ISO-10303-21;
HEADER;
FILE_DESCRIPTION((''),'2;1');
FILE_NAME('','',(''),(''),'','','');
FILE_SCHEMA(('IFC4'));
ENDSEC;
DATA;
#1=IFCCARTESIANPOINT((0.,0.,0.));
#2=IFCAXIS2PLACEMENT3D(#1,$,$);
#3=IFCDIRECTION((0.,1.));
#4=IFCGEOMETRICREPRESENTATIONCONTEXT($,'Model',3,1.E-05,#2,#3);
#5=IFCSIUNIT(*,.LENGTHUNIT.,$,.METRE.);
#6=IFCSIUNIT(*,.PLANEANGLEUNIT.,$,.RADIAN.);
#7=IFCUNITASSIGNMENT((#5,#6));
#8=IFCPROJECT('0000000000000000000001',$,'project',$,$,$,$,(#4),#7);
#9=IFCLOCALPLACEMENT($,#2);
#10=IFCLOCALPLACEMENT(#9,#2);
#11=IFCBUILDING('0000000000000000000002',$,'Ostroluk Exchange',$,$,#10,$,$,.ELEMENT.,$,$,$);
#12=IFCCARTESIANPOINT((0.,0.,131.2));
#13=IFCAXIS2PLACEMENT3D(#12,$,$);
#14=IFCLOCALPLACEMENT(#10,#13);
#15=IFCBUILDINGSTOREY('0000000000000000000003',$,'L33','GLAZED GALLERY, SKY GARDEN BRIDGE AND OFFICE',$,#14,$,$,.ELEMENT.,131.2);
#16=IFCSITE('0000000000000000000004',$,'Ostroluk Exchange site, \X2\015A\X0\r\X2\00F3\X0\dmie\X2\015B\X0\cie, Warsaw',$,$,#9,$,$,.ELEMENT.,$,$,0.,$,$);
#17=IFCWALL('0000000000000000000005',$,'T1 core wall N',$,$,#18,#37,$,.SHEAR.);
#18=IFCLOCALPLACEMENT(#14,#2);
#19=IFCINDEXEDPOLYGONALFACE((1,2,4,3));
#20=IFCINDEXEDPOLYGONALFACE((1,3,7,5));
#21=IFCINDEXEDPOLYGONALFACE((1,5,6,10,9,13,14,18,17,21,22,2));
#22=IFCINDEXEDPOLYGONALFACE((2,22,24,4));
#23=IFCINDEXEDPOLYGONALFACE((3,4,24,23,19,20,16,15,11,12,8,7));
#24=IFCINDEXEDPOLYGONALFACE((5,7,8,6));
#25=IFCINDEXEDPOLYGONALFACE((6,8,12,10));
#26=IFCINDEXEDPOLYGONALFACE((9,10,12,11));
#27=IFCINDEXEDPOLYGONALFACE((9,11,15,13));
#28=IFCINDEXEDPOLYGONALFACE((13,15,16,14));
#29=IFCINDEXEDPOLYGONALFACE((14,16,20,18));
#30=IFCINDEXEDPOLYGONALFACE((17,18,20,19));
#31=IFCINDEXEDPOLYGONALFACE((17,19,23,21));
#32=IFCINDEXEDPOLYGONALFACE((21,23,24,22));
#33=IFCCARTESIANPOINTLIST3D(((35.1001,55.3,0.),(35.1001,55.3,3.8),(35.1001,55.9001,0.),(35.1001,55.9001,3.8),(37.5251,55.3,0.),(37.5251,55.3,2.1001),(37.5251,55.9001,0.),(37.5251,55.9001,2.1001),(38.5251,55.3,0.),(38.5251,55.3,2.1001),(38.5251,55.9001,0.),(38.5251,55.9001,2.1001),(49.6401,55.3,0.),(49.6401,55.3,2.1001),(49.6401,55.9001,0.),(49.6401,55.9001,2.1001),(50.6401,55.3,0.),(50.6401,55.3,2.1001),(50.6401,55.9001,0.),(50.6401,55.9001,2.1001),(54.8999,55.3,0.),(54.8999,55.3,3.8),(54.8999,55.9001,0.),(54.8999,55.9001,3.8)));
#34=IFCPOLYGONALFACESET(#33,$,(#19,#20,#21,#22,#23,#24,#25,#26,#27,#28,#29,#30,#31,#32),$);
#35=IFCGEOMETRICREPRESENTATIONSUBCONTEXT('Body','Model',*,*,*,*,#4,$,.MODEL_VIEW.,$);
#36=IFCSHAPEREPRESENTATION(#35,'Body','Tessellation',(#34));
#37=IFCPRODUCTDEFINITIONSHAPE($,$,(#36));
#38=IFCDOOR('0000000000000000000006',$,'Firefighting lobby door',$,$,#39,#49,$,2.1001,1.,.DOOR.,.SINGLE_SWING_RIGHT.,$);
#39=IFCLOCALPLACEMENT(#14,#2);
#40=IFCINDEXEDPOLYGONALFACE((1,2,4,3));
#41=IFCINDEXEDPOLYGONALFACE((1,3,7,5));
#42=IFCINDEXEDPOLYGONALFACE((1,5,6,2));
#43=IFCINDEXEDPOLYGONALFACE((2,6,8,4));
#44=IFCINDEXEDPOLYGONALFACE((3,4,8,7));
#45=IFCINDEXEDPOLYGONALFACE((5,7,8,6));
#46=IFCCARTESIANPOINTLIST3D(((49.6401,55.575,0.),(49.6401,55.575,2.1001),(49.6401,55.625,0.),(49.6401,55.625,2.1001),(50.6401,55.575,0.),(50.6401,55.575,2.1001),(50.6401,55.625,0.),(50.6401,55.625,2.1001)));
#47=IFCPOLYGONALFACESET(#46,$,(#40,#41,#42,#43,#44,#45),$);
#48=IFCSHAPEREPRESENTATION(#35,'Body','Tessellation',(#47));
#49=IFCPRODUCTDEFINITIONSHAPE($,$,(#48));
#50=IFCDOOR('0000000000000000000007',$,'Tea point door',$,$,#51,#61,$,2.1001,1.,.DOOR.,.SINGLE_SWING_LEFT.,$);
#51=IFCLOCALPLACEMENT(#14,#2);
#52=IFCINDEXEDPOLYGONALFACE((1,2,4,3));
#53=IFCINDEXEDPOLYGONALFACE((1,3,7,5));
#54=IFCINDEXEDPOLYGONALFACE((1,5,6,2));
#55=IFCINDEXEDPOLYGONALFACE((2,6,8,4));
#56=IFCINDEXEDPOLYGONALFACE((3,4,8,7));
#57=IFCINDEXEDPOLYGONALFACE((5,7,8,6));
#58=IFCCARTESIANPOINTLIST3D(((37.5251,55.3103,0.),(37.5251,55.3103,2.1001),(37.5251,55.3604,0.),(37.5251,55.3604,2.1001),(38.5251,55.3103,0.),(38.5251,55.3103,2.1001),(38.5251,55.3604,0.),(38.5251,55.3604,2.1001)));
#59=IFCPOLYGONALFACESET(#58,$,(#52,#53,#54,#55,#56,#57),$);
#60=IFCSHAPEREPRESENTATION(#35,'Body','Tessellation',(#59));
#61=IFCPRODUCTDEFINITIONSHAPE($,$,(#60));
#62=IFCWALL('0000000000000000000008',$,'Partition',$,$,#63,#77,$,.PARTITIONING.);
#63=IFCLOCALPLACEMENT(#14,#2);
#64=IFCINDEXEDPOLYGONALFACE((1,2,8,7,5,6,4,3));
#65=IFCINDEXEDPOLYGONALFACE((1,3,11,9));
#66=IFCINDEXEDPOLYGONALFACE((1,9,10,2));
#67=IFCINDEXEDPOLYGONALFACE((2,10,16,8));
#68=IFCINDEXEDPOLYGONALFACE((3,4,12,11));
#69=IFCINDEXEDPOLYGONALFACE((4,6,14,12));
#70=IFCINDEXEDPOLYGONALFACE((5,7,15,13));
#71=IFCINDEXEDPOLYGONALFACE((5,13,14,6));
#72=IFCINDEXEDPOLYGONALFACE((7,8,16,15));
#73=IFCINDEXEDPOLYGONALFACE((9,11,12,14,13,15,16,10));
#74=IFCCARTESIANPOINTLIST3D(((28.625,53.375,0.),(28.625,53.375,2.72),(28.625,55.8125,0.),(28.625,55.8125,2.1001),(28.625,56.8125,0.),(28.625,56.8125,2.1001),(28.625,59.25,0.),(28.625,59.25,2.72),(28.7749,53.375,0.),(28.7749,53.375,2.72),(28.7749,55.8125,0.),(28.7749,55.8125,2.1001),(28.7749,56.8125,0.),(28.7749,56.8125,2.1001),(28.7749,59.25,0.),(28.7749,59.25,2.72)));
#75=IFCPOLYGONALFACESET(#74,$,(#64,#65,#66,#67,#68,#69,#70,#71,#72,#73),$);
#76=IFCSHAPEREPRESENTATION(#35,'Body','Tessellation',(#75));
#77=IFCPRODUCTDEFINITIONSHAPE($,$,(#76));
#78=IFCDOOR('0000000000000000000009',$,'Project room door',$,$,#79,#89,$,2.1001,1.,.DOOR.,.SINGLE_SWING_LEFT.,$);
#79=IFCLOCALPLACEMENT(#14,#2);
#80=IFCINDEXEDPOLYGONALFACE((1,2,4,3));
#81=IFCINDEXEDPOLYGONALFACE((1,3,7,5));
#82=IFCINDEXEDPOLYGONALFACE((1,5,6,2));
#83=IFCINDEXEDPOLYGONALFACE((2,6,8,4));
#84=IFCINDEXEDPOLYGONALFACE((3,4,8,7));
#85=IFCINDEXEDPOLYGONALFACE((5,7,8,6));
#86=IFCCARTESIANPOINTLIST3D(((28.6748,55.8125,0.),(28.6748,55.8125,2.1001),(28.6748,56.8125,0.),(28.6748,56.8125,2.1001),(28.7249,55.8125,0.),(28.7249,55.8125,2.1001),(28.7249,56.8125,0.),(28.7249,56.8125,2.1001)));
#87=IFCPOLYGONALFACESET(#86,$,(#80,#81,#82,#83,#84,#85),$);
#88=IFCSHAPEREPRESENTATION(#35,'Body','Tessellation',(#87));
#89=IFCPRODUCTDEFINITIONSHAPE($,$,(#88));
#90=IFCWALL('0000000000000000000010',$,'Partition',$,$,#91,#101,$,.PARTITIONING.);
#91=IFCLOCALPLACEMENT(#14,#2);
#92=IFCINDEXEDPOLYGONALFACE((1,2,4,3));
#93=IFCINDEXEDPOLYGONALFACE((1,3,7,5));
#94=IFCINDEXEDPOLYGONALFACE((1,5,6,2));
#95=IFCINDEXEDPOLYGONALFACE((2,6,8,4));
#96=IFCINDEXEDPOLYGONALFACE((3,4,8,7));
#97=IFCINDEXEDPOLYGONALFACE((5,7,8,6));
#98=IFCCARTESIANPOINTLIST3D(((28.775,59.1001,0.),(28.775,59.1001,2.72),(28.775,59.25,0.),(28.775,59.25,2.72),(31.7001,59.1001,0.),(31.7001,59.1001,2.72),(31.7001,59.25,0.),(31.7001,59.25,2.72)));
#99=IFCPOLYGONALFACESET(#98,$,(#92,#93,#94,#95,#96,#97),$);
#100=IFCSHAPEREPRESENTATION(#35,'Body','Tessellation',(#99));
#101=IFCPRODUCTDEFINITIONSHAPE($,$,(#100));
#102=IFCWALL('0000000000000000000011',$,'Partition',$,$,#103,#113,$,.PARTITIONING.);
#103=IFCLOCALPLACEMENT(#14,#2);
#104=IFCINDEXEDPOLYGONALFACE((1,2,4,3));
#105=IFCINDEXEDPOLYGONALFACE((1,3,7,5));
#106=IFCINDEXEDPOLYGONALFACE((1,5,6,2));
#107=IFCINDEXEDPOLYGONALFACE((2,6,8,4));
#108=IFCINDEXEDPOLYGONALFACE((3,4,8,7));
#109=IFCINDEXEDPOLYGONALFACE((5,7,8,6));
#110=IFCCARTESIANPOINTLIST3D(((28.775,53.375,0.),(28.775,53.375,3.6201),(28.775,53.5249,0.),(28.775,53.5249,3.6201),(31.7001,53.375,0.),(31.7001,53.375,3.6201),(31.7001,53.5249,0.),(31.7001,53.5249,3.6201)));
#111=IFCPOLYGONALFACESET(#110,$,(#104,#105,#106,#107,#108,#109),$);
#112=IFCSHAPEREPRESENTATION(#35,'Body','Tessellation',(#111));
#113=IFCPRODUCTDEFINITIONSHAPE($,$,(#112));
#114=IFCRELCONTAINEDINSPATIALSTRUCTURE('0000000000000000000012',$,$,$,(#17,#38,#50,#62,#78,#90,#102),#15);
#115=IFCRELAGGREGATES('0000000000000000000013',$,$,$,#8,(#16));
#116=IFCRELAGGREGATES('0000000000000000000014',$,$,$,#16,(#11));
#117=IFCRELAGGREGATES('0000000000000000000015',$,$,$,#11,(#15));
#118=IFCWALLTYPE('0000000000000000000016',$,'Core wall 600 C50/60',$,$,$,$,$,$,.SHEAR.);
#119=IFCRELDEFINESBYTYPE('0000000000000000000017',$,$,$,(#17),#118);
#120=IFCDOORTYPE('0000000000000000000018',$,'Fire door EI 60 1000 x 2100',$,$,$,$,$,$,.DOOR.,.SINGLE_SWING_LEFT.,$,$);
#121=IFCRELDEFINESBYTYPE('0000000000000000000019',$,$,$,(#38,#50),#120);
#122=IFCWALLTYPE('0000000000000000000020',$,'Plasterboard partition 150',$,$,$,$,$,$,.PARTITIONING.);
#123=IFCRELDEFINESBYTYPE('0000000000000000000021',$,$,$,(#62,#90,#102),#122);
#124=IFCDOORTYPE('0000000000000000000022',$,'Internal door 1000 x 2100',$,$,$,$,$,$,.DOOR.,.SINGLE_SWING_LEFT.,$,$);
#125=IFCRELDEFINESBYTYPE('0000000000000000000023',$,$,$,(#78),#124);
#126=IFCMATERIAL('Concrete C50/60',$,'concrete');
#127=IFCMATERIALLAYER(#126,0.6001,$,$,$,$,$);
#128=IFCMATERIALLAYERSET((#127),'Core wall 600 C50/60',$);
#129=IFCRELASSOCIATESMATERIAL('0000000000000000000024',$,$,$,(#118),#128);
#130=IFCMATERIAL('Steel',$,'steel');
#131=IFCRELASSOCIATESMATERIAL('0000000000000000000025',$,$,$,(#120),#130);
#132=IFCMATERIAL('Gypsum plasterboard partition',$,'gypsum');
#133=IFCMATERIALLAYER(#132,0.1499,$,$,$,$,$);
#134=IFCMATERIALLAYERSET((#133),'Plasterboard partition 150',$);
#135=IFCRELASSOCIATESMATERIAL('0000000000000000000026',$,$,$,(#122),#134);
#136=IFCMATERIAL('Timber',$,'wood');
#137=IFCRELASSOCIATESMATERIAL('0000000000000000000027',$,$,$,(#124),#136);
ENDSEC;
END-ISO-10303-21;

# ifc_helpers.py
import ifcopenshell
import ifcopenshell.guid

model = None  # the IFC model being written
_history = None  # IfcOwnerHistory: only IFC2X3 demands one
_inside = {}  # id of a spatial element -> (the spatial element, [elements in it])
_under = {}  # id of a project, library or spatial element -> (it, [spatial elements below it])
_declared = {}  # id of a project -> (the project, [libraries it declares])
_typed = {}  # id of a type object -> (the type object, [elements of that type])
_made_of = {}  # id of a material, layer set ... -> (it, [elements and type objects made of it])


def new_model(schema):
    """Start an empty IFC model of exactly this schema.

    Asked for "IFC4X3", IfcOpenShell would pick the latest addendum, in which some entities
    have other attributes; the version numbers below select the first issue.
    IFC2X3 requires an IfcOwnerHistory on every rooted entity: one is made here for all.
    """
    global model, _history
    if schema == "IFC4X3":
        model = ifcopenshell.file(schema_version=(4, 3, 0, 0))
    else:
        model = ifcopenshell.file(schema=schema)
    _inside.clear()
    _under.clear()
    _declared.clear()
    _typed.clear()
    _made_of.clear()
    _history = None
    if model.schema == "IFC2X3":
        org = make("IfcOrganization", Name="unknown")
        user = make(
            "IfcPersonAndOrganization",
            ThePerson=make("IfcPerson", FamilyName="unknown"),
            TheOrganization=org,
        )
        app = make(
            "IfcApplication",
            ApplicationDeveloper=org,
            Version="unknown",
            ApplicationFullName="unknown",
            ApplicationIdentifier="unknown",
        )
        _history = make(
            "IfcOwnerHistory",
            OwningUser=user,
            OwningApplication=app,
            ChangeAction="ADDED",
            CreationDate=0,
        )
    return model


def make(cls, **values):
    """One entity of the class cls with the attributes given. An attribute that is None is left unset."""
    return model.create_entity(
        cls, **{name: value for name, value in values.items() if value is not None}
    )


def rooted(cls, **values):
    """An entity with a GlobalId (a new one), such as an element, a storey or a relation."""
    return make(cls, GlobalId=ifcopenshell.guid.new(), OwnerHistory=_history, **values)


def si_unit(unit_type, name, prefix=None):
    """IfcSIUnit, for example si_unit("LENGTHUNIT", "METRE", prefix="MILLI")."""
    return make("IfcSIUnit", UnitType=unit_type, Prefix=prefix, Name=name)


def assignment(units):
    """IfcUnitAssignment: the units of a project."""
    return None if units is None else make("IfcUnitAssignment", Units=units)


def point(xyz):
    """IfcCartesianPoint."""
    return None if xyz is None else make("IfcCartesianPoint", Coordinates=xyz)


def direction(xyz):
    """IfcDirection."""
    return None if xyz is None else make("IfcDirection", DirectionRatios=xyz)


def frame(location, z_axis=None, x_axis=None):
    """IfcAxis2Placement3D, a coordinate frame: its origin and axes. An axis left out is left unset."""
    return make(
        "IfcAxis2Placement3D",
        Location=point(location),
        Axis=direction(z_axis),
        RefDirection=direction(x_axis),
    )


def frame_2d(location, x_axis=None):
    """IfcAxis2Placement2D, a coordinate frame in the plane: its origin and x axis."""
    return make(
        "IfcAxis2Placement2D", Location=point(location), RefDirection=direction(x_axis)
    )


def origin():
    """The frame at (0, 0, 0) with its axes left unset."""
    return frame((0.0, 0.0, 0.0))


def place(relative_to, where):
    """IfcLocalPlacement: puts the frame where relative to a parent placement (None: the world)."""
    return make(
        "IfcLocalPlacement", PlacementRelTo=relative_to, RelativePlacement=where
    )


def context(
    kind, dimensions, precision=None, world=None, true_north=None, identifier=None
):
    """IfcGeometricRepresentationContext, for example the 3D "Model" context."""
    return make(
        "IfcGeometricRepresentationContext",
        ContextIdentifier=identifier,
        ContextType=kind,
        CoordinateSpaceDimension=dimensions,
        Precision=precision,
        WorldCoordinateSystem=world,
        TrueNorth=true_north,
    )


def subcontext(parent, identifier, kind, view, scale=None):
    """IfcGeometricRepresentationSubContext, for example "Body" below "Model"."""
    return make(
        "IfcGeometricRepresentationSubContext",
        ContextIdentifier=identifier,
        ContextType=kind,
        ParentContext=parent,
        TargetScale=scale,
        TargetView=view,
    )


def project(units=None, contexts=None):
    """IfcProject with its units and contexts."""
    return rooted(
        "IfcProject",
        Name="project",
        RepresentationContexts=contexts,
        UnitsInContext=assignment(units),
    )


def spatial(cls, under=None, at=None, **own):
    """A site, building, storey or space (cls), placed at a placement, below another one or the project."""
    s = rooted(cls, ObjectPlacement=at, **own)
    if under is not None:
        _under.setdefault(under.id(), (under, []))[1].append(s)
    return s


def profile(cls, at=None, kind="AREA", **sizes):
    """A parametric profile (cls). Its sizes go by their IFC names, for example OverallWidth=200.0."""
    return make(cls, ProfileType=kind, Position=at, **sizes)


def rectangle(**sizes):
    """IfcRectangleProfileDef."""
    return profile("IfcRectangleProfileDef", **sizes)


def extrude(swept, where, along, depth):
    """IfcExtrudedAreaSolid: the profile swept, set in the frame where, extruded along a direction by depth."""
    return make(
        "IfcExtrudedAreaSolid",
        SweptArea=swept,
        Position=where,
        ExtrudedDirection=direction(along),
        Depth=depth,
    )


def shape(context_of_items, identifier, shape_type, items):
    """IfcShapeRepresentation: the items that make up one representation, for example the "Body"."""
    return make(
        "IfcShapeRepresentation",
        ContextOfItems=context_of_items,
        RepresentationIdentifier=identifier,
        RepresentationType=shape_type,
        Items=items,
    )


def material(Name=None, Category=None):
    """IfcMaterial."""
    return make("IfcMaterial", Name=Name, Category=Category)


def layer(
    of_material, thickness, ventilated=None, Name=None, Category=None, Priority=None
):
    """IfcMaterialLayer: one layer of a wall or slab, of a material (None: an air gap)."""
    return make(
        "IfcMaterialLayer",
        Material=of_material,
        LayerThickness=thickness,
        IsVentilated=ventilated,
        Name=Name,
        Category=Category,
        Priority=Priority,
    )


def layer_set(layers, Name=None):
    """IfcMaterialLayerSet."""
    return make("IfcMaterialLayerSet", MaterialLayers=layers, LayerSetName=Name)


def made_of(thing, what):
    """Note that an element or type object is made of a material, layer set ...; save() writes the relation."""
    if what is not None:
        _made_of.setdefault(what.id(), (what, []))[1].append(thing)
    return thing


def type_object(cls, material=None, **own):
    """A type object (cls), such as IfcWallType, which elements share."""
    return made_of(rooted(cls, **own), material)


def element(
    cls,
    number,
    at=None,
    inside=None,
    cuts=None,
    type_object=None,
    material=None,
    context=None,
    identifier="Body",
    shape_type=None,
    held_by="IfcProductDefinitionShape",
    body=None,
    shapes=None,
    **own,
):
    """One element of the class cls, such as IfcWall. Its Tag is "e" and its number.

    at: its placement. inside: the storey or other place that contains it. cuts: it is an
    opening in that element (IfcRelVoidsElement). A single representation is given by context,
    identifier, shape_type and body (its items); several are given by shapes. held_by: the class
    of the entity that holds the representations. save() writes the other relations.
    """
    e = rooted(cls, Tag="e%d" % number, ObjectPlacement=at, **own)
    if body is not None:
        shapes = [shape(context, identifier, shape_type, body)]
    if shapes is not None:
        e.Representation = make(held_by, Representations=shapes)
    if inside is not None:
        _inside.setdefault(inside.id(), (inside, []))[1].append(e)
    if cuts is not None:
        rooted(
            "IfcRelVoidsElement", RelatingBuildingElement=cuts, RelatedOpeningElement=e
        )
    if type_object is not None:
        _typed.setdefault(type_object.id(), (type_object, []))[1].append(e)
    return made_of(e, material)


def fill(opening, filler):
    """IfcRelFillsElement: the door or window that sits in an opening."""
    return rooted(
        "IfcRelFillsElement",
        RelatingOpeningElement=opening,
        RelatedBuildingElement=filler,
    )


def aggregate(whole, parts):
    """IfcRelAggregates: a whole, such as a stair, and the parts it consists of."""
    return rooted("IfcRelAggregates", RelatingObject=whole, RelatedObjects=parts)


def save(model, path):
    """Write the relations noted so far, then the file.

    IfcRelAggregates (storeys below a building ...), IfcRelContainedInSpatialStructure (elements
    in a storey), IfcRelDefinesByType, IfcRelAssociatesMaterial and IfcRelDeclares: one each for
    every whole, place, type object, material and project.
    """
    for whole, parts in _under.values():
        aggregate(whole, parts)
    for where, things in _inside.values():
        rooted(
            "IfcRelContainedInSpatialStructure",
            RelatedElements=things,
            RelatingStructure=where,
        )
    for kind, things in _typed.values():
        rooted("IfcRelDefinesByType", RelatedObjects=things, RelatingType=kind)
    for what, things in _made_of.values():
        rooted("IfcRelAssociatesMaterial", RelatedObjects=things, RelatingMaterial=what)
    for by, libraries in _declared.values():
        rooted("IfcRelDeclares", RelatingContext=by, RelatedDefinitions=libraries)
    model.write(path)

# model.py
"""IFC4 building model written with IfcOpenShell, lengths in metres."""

from ifc_helpers import new_model, si_unit, direction, frame, frame_2d, origin, place, context, subcontext, project, spatial, rectangle, extrude, material, layer, layer_set, type_object, element, fill, save


model = new_model("IFC4")

# Units and contexts
model_context = context("Model", 3, precision=1e-05, world=origin(), true_north=direction((0.0, 1.0)))
body_context = subcontext(model_context, "Body", "Model", "MODEL_VIEW")
ifc_project = project(units=[si_unit("LENGTHUNIT", "METRE"), si_unit("PLANEANGLEUNIT", "RADIAN")], contexts=[model_context])

# Site, building, storey
site_placement = place(None, origin())
site = spatial("IfcSite", under=ifc_project, at=site_placement, Name="Ostroluk Exchange site, Śródmieście, Warsaw", CompositionType="ELEMENT", RefElevation=0.0)
building_placement = place(site_placement, origin())
building = spatial("IfcBuilding", under=site, at=building_placement, Name="Ostroluk Exchange", CompositionType="ELEMENT")
storey_placement = place(building_placement, frame((0.0, 0.0, 131.2)))
storey = spatial("IfcBuildingStorey", under=building, at=storey_placement, Name="L33", Description="GLAZED GALLERY, SKY GARDEN BRIDGE AND OFFICE", CompositionType="ELEMENT", Elevation=131.2)

# Wall, openings, doors
ifc_material_1 = material(Name="Concrete C50/60", Category="concrete")
ifc_layer_1 = layer(ifc_material_1, 0.6001)
ifc_layer_set_1 = layer_set([ifc_layer_1], Name="Core wall 600 C50/60")
wall_type_1 = type_object("IfcWallType", Name="Core wall 600 C50/60", PredefinedType="SHEAR", material=ifc_layer_set_1)
wall_1_placement = place(storey_placement, frame((35.1001, 55.6001, 0.0), z_axis=(0.0, 0.0, 1.0), x_axis=(1.0, 0.0, 0.0)))
wall_1 = element("IfcWall", 1, at=wall_1_placement, inside=storey, type_object=wall_type_1, Name="T1 core wall N", PredefinedType="SHEAR", context=body_context, shape_type="SweptSolid", body=[
    extrude(rectangle(XDim=19.7998, YDim=0.6001, at=frame_2d((9.8999, 0.0))), origin(), (0.0, 0.0, 1.0), 3.8),
])
opening_1_placement = place(wall_1_placement, frame((14.54, 0.0, 0.0)))
opening_1 = element("IfcOpeningElement", 2, at=opening_1_placement, cuts=wall_1, PredefinedType="OPENING", context=body_context, shape_type="SweptSolid", body=[
    extrude(rectangle(XDim=1.0, YDim=2.1001, at=frame_2d((0.5, 1.05))), frame((0.0, 0.3101, 0.0), z_axis=(0.0, -1.0, 0.0), x_axis=(1.0, 0.0, 0.0)), (0.0, 0.0, 1.0), 0.6201),
])
opening_2_placement = place(wall_1_placement, frame((2.425, 0.0, 0.0)))
opening_2 = element("IfcOpeningElement", 3, at=opening_2_placement, cuts=wall_1, PredefinedType="OPENING", context=body_context, shape_type="SweptSolid", body=[
    extrude(rectangle(XDim=1.0, YDim=2.1001, at=frame_2d((0.5, 1.05))), frame((0.0, 0.3101, 0.0), z_axis=(0.0, -1.0, 0.0), x_axis=(1.0, 0.0, 0.0)), (0.0, 0.0, 1.0), 0.6201),
])
ifc_material_2 = material(Name="Steel", Category="steel")
door_type_1 = type_object("IfcDoorType", Name="Fire door EI 60 1000 x 2100", OperationType="SINGLE_SWING_LEFT", PredefinedType="DOOR", material=ifc_material_2)
door_1_placement = place(opening_1_placement, origin())
door_1 = element("IfcDoor", 4, at=door_1_placement, inside=storey, type_object=door_type_1, Name="Firefighting lobby door", OperationType="SINGLE_SWING_RIGHT", OverallHeight=2.1001, OverallWidth=1.0, PredefinedType="DOOR", context=body_context, shape_type="SweptSolid", body=[
    extrude(rectangle(XDim=1.0, YDim=2.1001, at=frame_2d((0.5, 1.05))), frame((0.0, 0.0249, 0.0), z_axis=(0.0, -1.0, 0.0), x_axis=(1.0, 0.0, 0.0)), (0.0, 0.0, 1.0), 0.05),
])
fill(opening_1, door_1)
door_2_placement = place(opening_2_placement, origin())
door_2 = element("IfcDoor", 5, at=door_2_placement, inside=storey, type_object=door_type_1, Name="Tea point door", OperationType="SINGLE_SWING_LEFT", OverallHeight=2.1001, OverallWidth=1.0, PredefinedType="DOOR", context=body_context, shape_type="SweptSolid", body=[
    extrude(rectangle(XDim=1.0, YDim=2.1001, at=frame_2d((0.5, 1.05))), frame((0.0, -0.2397, 0.0), z_axis=(0.0, -1.0, 0.0), x_axis=(1.0, 0.0, 0.0)), (0.0, 0.0, 1.0), 0.05),
])
fill(opening_2, door_2)

# Wall, opening, door
ifc_material_3 = material(Name="Gypsum plasterboard partition", Category="gypsum")
ifc_layer_2 = layer(ifc_material_3, 0.1499)
ifc_layer_set_2 = layer_set([ifc_layer_2], Name="Plasterboard partition 150")
wall_type_2 = type_object("IfcWallType", Name="Plasterboard partition 150", PredefinedType="PARTITIONING", material=ifc_layer_set_2)
wall_2_placement = place(storey_placement, frame((28.7, 59.25, 0.0), z_axis=(0.0, 0.0, 1.0), x_axis=(0.0, -1.0, 0.0)))
wall_2 = element("IfcWall", 6, at=wall_2_placement, inside=storey, type_object=wall_type_2, Name="Partition", PredefinedType="PARTITIONING", context=body_context, shape_type="SweptSolid", body=[
    extrude(rectangle(XDim=5.875, YDim=0.1499, at=frame_2d((2.9375, 0.0))), origin(), (0.0, 0.0, 1.0), 2.72),
])
opening_3_placement = place(wall_2_placement, frame((2.4375, 0.0, 0.0)))
opening_3 = element("IfcOpeningElement", 7, at=opening_3_placement, cuts=wall_2, PredefinedType="OPENING", context=body_context, shape_type="SweptSolid", body=[
    extrude(rectangle(XDim=1.0, YDim=2.1001, at=frame_2d((0.5, 1.05))), frame((0.0, 0.085, 0.0), z_axis=(0.0, -1.0, 0.0), x_axis=(1.0, 0.0, 0.0)), (0.0, 0.0, 1.0), 0.1699),
])
ifc_material_4 = material(Name="Timber", Category="wood")
door_type_2 = type_object("IfcDoorType", Name="Internal door 1000 x 2100", OperationType="SINGLE_SWING_LEFT", PredefinedType="DOOR", material=ifc_material_4)
door_3_placement = place(opening_3_placement, origin())
door_3 = element("IfcDoor", 8, at=door_3_placement, inside=storey, type_object=door_type_2, Name="Project room door", OperationType="SINGLE_SWING_LEFT", OverallHeight=2.1001, OverallWidth=1.0, PredefinedType="DOOR", context=body_context, shape_type="SweptSolid", body=[
    extrude(rectangle(XDim=1.0, YDim=2.1001, at=frame_2d((0.5, 1.05))), frame((0.0, 0.0249, 0.0), z_axis=(0.0, -1.0, 0.0), x_axis=(1.0, 0.0, 0.0)), (0.0, 0.0, 1.0), 0.05),
])
fill(opening_3, door_3)

# Walls
wall_3_placement = place(storey_placement, frame((31.7, 59.175, 0.0), z_axis=(0.0, 0.0, 1.0), x_axis=(-1.0, 0.0, 0.0)))
element("IfcWall", 9, at=wall_3_placement, inside=storey, type_object=wall_type_2, Name="Partition", PredefinedType="PARTITIONING", context=body_context, shape_type="SweptSolid", body=[
    extrude(rectangle(XDim=2.925, YDim=0.1499, at=frame_2d((1.4624, 0.0))), origin(), (0.0, 0.0, 1.0), 2.72),
])
wall_4_placement = place(storey_placement, frame((31.7, 53.45, 0.0), z_axis=(0.0, 0.0, 1.0), x_axis=(-1.0, 0.0, 0.0)))
element("IfcWall", 10, at=wall_4_placement, inside=storey, type_object=wall_type_2, Name="Partition", PredefinedType="PARTITIONING", context=body_context, shape_type="SweptSolid", body=[
    extrude(rectangle(XDim=2.925, YDim=0.1499, at=frame_2d((1.4624, 0.0))), origin(), (0.0, 0.0, 1.0), 3.6201),
])

save(model, "model.ifc")
